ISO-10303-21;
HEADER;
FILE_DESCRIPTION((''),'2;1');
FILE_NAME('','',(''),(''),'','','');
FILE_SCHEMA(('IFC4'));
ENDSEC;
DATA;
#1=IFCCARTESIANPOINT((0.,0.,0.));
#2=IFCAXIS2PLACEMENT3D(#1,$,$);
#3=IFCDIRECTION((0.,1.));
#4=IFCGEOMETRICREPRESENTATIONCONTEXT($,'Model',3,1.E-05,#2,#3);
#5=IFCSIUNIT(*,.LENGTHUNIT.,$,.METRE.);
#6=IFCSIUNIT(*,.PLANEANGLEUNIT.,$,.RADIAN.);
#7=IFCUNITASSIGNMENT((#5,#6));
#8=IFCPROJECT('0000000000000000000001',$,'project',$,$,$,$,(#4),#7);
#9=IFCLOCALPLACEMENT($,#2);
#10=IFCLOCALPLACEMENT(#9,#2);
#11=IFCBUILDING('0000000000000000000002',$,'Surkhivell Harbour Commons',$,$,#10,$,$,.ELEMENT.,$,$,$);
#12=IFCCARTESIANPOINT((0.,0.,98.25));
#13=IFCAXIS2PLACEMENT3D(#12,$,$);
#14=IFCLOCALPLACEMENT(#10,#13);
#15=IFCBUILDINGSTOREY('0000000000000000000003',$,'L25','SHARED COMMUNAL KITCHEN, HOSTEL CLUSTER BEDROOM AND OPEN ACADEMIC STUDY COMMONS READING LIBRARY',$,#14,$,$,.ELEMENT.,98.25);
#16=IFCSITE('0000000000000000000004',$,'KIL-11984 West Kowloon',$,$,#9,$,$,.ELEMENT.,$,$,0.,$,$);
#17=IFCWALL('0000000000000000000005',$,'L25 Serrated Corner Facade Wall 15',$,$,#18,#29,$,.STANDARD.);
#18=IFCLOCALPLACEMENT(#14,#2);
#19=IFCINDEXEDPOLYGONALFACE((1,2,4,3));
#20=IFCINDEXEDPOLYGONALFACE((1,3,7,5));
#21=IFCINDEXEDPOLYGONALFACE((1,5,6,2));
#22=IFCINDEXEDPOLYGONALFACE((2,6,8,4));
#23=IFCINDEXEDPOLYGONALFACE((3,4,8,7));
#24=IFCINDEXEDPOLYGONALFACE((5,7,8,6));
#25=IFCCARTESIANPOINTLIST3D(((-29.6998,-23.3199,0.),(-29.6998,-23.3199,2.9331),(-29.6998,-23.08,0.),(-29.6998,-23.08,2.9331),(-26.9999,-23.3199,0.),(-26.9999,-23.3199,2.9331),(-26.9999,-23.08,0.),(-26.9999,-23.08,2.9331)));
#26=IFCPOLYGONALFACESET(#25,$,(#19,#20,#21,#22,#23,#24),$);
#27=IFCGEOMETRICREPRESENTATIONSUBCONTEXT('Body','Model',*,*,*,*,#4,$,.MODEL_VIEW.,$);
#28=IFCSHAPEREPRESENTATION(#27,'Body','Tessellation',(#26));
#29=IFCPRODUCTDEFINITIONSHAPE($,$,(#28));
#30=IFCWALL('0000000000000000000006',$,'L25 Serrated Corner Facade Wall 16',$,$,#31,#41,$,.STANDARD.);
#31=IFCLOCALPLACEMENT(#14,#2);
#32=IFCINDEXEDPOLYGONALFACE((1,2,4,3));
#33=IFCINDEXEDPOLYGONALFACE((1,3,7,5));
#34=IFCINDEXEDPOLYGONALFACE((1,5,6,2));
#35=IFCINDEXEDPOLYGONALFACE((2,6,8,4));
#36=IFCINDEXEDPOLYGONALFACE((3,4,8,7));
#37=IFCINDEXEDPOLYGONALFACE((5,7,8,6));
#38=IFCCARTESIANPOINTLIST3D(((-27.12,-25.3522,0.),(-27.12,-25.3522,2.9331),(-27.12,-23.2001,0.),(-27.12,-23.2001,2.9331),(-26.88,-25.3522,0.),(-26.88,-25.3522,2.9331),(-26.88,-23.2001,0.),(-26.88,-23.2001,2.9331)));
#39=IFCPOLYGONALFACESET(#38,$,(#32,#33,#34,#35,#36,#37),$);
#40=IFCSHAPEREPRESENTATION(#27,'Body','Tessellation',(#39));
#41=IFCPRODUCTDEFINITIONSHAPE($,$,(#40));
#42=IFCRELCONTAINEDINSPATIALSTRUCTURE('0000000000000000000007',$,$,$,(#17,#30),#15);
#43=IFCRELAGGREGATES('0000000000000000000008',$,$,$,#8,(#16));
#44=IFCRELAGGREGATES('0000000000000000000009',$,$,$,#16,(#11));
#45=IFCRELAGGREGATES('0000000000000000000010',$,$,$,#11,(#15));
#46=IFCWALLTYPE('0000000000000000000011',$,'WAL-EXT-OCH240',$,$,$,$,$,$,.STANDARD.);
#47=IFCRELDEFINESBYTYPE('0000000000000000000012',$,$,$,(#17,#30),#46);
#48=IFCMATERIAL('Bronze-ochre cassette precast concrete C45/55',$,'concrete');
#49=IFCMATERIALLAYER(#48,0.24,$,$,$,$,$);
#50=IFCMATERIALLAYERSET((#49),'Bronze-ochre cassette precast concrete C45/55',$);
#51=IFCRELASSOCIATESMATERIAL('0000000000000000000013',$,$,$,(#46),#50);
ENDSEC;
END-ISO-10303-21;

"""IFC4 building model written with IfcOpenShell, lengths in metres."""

from ifc_helpers import new_model, si_unit, direction, frame, frame_2d, origin, place, context, subcontext, project, spatial, rectangle, extrude, material, layer, layer_set, type_object, element, save


model = new_model("IFC4")

# Units and contexts
model_context = context("Model", 3, precision=1e-05, world=origin(), true_north=direction((0.0, 1.0)))
body_context = subcontext(model_context, "Body", "Model", "MODEL_VIEW")
ifc_project = project(units=[si_unit("LENGTHUNIT", "METRE"), si_unit("PLANEANGLEUNIT", "RADIAN")], contexts=[model_context])

# Site, building, storey
site_placement = place(None, origin())
site = spatial("IfcSite", under=ifc_project, at=site_placement, Name="KIL-11984 West Kowloon", CompositionType="ELEMENT", RefElevation=0.0)
building_placement = place(site_placement, origin())
building = spatial("IfcBuilding", under=site, at=building_placement, Name="Surkhivell Harbour Commons", CompositionType="ELEMENT")
storey_placement = place(building_placement, frame((0.0, 0.0, 98.25)))
storey = spatial("IfcBuildingStorey", under=building, at=storey_placement, Name="L25", Description="SHARED COMMUNAL KITCHEN, HOSTEL CLUSTER BEDROOM AND OPEN ACADEMIC STUDY COMMONS READING LIBRARY", CompositionType="ELEMENT", Elevation=98.25)

# Walls
ifc_material_1 = material(Name="Bronze-ochre cassette precast concrete C45/55", Category="concrete")
ifc_layer_1 = layer(ifc_material_1, 0.24)
ifc_layer_set_1 = layer_set([ifc_layer_1], Name="Bronze-ochre cassette precast concrete C45/55")
wall_type = type_object("IfcWallType", Name="WAL-EXT-OCH240", PredefinedType="STANDARD", material=ifc_layer_set_1)
for number, where, z_axis, x_axis, name in (
    (1, (-29.7, -23.2, 0.0), (0.0, 0.0, 1.0), (1.0, 0.0, 0.0), "L25 Serrated Corner Facade Wall 15"),
):
    element("IfcWall", number, at=place(storey_placement, frame(where, z_axis=z_axis, x_axis=x_axis)), inside=storey, type_object=wall_type, Name=name, PredefinedType="STANDARD", context=body_context, shape_type="SweptSolid", body=[
        extrude(rectangle(XDim=2.7, YDim=0.24, at=frame_2d((1.3501, 0.0))), origin(), (0.0, 0.0, 1.0), 2.9331),
    ])
wall_1_placement = place(storey_placement, frame((-27.0, -23.2, 0.0), z_axis=(0.0, 0.0, 1.0), x_axis=(0.0, -1.0, 0.0)))
element("IfcWall", 2, at=wall_1_placement, inside=storey, type_object=wall_type, Name="L25 Serrated Corner Facade Wall 16", PredefinedType="STANDARD", context=body_context, shape_type="SweptSolid", body=[
    extrude(rectangle(XDim=2.1521, YDim=0.24, at=frame_2d((1.0762, 0.0))), origin(), (0.0, 0.0, 1.0), 2.9331),
])

save(model, "model.ifc")
